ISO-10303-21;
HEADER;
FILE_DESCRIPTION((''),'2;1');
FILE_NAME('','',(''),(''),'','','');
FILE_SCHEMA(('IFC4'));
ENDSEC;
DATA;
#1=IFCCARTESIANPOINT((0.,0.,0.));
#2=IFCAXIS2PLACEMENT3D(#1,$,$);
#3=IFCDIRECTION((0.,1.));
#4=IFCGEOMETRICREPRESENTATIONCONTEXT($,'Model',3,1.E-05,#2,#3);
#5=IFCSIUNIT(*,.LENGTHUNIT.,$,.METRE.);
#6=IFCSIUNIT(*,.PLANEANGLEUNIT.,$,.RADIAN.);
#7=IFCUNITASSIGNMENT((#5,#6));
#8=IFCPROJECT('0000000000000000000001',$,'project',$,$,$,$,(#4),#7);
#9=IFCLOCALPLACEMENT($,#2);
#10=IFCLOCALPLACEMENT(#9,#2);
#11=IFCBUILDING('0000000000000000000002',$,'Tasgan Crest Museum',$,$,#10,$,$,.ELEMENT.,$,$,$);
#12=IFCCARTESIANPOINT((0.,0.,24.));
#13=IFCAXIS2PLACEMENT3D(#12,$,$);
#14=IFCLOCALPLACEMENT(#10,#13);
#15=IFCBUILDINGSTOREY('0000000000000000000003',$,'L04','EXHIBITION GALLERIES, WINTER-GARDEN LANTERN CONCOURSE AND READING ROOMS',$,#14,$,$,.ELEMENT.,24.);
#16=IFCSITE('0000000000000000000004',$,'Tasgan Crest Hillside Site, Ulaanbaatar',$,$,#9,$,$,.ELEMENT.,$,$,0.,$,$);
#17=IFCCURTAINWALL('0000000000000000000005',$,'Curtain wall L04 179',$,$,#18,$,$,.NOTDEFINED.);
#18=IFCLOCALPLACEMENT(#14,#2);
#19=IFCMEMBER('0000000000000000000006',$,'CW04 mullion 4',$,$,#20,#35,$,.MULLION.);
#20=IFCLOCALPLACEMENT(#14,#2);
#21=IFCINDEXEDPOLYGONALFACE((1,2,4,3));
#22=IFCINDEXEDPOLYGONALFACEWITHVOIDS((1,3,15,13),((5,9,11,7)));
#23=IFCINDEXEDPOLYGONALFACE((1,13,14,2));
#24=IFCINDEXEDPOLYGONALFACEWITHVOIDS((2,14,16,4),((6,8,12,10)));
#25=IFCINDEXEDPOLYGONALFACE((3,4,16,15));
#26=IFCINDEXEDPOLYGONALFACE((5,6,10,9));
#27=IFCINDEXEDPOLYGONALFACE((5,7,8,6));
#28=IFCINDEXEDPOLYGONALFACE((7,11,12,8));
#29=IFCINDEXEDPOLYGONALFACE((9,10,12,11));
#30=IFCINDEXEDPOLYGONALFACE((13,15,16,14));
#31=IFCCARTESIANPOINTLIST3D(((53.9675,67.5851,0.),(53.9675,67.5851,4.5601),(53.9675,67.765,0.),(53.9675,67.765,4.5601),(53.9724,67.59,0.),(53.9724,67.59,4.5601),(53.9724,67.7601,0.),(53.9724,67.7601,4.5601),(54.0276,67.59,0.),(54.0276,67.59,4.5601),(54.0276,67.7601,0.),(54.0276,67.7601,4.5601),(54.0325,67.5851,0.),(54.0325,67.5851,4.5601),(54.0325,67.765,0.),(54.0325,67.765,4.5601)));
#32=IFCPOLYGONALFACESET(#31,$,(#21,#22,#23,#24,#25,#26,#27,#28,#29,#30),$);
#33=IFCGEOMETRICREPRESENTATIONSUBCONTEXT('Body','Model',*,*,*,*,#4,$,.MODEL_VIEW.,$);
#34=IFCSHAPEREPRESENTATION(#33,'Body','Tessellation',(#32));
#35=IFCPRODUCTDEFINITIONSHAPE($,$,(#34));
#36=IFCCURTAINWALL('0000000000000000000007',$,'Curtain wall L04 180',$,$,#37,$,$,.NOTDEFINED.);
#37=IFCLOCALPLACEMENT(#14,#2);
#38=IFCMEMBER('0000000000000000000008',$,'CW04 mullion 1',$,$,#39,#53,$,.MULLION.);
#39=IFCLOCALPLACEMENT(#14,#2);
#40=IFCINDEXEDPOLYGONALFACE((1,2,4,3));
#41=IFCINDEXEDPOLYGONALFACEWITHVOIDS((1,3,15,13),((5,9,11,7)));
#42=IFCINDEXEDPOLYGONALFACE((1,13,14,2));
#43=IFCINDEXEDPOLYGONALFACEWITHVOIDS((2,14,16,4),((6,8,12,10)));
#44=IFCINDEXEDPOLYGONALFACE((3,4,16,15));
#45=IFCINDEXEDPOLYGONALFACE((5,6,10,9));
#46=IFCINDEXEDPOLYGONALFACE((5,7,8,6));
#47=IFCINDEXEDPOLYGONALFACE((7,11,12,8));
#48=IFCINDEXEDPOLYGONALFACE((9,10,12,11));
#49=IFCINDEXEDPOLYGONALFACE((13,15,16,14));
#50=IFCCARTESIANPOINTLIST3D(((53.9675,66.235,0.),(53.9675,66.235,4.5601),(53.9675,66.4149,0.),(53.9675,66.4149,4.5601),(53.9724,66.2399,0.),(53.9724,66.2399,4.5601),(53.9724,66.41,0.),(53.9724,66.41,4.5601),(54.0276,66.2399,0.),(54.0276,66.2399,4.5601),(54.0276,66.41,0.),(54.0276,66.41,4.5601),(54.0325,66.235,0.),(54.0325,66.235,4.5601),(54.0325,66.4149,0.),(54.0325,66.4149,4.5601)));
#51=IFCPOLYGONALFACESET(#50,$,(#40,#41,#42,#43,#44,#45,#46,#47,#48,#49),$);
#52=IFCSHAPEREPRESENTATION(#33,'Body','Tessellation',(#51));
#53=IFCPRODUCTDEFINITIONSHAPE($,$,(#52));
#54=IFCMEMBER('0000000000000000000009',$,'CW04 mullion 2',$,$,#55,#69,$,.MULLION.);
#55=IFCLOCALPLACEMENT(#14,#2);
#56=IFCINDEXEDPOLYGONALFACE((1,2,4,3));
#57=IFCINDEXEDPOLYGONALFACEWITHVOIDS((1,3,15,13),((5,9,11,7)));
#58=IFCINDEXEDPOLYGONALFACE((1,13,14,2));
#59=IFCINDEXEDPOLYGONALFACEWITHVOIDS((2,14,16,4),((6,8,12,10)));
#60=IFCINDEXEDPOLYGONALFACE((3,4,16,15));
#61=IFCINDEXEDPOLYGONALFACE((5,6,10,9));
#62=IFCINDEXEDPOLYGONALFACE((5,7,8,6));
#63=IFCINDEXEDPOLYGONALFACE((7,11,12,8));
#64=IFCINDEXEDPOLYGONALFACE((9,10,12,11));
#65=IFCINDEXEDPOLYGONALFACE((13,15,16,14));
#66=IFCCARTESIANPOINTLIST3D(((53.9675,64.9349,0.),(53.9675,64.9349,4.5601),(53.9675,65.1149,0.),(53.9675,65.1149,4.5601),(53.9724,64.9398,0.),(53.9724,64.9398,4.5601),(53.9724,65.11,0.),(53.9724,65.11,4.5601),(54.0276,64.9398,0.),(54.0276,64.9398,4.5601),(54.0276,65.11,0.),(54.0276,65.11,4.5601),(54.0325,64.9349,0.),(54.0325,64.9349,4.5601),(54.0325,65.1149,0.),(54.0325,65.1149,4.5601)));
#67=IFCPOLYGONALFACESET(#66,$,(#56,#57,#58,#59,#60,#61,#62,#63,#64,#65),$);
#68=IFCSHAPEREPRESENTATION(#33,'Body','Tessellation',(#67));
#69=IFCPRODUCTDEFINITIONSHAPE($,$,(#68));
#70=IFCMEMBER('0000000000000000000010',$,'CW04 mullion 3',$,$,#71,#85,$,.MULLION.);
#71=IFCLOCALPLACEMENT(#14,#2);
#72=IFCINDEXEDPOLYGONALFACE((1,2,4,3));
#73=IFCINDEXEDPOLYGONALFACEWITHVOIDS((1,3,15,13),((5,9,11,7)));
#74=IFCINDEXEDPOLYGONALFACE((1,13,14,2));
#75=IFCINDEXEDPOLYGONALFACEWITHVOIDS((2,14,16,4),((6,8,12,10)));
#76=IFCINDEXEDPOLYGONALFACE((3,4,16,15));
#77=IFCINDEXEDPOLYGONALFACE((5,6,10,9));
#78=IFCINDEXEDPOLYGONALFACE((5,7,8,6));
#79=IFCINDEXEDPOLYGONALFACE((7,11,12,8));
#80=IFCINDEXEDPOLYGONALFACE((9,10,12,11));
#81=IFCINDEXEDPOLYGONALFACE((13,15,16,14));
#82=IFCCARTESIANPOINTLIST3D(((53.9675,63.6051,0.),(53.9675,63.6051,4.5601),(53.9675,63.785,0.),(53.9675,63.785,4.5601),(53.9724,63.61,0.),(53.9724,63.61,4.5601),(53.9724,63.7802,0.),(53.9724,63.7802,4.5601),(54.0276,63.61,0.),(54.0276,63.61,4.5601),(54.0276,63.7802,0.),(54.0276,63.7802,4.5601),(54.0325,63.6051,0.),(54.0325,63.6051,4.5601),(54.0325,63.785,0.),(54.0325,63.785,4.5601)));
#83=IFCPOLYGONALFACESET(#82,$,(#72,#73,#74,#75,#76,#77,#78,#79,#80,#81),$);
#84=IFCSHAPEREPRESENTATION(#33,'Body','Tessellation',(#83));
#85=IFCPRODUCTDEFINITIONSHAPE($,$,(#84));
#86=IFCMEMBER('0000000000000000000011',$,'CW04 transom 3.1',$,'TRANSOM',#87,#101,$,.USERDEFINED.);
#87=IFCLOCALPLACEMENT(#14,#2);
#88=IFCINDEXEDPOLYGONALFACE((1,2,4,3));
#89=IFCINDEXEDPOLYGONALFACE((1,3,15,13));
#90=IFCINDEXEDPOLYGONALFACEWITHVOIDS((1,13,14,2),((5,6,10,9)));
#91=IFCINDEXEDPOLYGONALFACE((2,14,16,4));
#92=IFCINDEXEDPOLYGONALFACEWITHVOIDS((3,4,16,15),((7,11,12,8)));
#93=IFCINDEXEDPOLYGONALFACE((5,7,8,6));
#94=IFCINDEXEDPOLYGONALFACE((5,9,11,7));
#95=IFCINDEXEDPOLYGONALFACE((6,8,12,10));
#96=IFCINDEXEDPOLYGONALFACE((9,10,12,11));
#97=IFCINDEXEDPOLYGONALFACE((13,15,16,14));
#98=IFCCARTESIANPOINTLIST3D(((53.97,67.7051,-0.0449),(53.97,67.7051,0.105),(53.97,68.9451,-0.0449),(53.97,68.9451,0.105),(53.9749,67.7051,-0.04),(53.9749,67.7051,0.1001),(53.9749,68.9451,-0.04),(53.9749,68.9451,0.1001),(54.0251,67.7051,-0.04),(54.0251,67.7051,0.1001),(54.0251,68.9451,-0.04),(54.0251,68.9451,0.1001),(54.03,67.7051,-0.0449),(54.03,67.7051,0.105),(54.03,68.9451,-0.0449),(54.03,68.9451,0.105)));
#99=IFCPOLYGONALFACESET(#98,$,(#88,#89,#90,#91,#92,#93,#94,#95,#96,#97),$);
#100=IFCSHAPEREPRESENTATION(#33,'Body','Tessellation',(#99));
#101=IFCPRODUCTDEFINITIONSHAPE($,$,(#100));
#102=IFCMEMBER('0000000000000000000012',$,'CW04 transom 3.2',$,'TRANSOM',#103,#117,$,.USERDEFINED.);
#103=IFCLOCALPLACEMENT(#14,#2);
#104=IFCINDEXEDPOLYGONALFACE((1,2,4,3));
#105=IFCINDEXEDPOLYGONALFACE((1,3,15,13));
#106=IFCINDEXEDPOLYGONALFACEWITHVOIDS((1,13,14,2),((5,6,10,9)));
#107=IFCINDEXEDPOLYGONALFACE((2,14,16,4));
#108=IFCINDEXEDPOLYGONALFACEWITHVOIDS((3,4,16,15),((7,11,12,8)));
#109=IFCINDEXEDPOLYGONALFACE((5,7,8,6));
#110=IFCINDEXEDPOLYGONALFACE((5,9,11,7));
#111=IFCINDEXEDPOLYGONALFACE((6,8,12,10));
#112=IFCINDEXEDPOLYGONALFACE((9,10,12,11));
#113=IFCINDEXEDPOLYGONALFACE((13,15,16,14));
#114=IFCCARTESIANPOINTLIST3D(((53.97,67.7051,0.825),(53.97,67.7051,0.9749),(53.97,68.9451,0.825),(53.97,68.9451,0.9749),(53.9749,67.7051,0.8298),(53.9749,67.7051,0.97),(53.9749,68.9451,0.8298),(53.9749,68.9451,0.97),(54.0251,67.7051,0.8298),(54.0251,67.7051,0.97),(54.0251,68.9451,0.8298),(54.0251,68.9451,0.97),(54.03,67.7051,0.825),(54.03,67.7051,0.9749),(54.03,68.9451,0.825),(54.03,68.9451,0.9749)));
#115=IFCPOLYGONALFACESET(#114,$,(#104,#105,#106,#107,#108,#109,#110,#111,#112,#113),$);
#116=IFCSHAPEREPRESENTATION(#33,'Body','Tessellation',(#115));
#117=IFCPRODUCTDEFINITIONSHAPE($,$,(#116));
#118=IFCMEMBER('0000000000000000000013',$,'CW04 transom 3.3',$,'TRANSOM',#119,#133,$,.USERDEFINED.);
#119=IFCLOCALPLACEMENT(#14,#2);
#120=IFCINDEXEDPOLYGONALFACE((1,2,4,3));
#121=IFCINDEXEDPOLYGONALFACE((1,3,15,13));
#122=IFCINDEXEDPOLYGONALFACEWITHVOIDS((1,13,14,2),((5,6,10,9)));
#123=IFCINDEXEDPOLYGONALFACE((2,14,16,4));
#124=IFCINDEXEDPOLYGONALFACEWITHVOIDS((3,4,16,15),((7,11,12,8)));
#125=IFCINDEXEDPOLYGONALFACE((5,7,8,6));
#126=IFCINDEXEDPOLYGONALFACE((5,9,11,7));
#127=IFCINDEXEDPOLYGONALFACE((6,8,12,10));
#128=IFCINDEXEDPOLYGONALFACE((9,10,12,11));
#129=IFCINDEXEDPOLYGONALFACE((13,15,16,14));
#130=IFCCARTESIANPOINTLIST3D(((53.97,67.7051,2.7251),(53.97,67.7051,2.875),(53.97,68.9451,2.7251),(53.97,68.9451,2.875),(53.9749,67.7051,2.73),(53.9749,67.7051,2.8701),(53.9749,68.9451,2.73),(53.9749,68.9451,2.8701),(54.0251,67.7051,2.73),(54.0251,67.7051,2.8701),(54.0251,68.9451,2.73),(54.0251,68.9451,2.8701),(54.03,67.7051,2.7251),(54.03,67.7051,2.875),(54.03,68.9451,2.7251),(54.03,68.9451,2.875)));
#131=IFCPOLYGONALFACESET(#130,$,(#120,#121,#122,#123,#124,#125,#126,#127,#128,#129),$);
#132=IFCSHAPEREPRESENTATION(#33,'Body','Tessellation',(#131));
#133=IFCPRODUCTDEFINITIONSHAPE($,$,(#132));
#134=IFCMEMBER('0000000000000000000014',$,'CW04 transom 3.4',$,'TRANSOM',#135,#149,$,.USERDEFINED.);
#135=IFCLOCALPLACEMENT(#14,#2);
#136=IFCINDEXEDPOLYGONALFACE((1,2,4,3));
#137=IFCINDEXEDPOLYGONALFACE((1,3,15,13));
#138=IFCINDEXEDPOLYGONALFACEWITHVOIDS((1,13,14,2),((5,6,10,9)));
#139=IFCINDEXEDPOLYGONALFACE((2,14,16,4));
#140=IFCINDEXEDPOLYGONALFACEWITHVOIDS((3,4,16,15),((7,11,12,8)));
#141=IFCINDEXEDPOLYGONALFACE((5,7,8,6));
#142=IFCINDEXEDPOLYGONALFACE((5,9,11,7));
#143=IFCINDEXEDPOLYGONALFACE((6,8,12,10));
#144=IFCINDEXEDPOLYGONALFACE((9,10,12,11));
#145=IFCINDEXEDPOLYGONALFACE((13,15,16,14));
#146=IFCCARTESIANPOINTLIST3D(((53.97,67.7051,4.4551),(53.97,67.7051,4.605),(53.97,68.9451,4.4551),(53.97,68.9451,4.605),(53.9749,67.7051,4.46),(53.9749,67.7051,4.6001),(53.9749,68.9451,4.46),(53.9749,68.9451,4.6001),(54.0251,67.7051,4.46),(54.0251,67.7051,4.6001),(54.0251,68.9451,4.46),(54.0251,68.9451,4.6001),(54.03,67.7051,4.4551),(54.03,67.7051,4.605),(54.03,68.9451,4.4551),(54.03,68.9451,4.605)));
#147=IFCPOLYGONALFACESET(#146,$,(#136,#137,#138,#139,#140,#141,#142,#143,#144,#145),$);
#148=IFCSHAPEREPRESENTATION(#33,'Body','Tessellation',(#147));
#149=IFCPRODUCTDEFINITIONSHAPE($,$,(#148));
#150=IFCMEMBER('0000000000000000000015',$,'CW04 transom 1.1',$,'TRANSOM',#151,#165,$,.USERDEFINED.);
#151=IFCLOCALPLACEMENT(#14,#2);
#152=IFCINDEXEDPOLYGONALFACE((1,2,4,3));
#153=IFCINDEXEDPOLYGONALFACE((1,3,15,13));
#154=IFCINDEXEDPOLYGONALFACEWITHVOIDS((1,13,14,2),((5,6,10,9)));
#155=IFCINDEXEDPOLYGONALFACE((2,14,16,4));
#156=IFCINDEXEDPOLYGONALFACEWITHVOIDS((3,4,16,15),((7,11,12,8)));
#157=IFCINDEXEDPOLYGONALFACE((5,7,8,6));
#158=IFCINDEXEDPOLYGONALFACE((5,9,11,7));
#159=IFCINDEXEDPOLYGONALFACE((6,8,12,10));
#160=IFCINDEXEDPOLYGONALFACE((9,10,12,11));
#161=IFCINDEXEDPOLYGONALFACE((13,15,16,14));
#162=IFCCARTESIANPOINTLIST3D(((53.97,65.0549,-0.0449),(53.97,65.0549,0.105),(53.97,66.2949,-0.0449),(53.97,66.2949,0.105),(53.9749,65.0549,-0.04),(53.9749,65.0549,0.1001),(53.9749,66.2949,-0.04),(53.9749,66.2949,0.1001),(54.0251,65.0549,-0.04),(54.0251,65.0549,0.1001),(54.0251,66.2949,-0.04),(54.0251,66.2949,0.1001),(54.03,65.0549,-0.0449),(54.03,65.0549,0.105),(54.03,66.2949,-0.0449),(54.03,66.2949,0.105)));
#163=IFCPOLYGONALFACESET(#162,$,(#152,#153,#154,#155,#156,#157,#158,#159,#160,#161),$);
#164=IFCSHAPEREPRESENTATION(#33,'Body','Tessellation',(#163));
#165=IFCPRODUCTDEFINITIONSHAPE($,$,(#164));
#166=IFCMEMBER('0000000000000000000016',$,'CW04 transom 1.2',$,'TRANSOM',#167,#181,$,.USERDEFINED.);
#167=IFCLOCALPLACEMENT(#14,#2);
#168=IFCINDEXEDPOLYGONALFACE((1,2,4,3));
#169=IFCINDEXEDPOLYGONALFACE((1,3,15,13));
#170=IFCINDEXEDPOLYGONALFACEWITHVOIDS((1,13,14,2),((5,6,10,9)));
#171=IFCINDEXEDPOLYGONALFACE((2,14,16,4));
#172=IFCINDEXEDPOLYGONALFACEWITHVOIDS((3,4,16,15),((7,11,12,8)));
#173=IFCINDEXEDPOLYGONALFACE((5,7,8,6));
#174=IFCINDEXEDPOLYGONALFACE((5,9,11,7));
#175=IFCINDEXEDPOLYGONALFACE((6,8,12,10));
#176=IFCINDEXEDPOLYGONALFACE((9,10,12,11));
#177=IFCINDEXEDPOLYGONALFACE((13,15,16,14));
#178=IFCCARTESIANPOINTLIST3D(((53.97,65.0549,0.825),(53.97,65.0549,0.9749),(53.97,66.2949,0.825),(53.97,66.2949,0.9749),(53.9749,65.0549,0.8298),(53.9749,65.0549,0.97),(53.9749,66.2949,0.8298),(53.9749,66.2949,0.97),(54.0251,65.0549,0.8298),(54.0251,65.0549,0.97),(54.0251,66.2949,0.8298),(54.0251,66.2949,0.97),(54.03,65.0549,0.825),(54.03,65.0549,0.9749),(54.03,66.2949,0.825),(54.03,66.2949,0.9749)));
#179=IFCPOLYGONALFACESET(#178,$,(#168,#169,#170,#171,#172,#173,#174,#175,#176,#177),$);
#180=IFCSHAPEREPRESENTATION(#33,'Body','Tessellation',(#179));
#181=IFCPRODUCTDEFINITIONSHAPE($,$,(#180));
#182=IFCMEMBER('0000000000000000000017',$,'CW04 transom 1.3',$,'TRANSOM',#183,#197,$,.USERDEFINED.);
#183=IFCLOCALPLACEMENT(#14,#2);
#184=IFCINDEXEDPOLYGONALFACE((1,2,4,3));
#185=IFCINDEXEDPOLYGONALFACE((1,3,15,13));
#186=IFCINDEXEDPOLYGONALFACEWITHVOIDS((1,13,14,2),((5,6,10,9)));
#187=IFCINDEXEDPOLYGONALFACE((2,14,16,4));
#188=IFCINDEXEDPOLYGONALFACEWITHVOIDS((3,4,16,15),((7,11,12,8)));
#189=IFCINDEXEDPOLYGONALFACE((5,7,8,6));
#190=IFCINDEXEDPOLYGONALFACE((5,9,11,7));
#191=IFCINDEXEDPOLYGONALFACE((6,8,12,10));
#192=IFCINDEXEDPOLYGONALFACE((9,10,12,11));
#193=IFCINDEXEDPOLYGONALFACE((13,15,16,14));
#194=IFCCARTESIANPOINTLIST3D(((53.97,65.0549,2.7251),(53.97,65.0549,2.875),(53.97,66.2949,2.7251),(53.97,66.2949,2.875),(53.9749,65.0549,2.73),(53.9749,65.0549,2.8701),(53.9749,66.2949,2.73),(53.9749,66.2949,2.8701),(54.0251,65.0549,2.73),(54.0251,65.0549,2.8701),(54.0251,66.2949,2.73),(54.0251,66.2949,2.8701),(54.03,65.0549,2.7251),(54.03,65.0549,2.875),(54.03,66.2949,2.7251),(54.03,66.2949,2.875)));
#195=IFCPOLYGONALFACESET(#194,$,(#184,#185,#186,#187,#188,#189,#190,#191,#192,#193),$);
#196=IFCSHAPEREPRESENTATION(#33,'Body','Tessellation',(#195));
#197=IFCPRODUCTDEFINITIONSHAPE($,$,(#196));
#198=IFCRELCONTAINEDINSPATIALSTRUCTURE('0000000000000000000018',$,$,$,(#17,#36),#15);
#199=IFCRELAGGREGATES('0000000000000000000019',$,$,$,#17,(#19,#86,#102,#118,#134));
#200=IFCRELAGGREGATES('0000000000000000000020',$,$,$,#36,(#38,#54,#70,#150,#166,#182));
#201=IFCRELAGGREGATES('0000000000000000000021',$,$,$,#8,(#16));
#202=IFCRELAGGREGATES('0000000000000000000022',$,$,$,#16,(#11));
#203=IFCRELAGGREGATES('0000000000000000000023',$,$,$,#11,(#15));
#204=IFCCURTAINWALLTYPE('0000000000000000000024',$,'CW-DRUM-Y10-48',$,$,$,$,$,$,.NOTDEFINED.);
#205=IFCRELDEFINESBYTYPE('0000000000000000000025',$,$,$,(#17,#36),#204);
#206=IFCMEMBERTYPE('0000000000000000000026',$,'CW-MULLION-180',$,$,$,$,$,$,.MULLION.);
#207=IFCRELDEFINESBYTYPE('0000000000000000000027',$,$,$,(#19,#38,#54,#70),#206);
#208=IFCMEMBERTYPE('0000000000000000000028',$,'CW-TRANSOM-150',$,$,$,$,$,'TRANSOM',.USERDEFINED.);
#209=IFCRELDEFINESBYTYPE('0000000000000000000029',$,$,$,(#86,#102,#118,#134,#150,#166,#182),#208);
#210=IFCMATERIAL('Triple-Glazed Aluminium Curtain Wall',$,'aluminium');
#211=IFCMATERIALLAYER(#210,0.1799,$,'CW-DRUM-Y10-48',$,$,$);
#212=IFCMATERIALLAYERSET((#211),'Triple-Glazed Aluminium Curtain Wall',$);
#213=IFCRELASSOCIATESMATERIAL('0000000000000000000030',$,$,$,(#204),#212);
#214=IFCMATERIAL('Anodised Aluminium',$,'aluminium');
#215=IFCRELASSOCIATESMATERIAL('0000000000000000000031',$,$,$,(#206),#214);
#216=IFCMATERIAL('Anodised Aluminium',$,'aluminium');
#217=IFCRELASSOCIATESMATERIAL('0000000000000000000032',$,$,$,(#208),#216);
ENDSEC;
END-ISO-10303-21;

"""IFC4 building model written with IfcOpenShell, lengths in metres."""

from ifc_helpers import new_model, si_unit, direction, frame, origin, origin_2d, place, context, subcontext, project, spatial, hollow_rectangle, extrude, material, layer, layer_set, material_profile, profile_set, type_object, element, aggregate, save


model = new_model("IFC4")

# Units and contexts
model_context = context("Model", 3, precision=1e-05, world=origin(), true_north=direction((0.0, 1.0)))
body_context = subcontext(model_context, "Body", "Model", "MODEL_VIEW")
ifc_project = project(units=[si_unit("LENGTHUNIT", "METRE"), si_unit("PLANEANGLEUNIT", "RADIAN")], contexts=[model_context])

# Site, building, storey
site_placement = place(None, origin())
site = spatial("IfcSite", under=ifc_project, at=site_placement, Name="Tasgan Crest Hillside Site, Ulaanbaatar", CompositionType="ELEMENT", RefElevation=0.0)
building_placement = place(site_placement, origin())
building = spatial("IfcBuilding", under=site, at=building_placement, Name="Tasgan Crest Museum", CompositionType="ELEMENT")
storey_placement = place(building_placement, frame((0.0, 0.0, 24.0)))
storey = spatial("IfcBuildingStorey", under=building, at=storey_placement, Name="L04", Description="EXHIBITION GALLERIES, WINTER-GARDEN LANTERN CONCOURSE AND READING ROOMS", CompositionType="ELEMENT", Elevation=24.0)

# Curtain wall, member
ifc_material_1 = material(Name="Triple-Glazed Aluminium Curtain Wall", Category="aluminium")
ifc_layer_1 = layer(ifc_material_1, 0.1799, Name="CW-DRUM-Y10-48")
ifc_layer_set_1 = layer_set([ifc_layer_1], Name="Triple-Glazed Aluminium Curtain Wall")
curtain_wall_type = type_object("IfcCurtainWallType", Name="CW-DRUM-Y10-48", PredefinedType="NOTDEFINED", material=ifc_layer_set_1)
curtain_wall_1_placement = place(storey_placement, origin())
curtain_wall_1 = element("IfcCurtainWall", 1, at=curtain_wall_1_placement, inside=storey, type_object=curtain_wall_type, Name="Curtain wall L04 179", PredefinedType="NOTDEFINED")
ifc_material_2 = material(Name="Anodised Aluminium", Category="aluminium")
ifc_material_profile_1 = material_profile(ifc_material_2, hollow_rectangle(XDim=0.0649, YDim=0.1799, WallThickness=0.0049, at=origin_2d()), Name="ALU MULLION 180x65x5")
ifc_profile_set_1 = profile_set([ifc_material_profile_1], Name="Anodised Aluminium")
member_type_1 = type_object("IfcMemberType", Name="CW-MULLION-180", PredefinedType="MULLION", material=ifc_profile_set_1)
member_1_placement = place(storey_placement, frame((54.0, 67.675, 0.0), z_axis=(0.0, 0.0, 1.0), x_axis=(1.0, 0.0, 0.0)))
member_1 = element("IfcMember", 2, at=member_1_placement, type_object=member_type_1, Name="CW04 mullion 4", PredefinedType="MULLION", context=body_context, shape_type="SweptSolid", body=[
    extrude(hollow_rectangle(XDim=0.0649, YDim=0.1799, WallThickness=0.0049, at=origin_2d()), origin(), (0.0, 0.0, 1.0), 4.5601),
])

# Curtain wall, members
curtain_wall_2_placement = place(storey_placement, origin())
curtain_wall_2 = element("IfcCurtainWall", 3, at=curtain_wall_2_placement, inside=storey, type_object=curtain_wall_type, Name="Curtain wall L04 180", PredefinedType="NOTDEFINED")
member_2_placement = place(storey_placement, frame((54.0, 66.325, 0.0), z_axis=(0.0, 0.0, 1.0), x_axis=(1.0, 0.0, 0.0)))
member_2 = element("IfcMember", 4, at=member_2_placement, type_object=member_type_1, Name="CW04 mullion 1", PredefinedType="MULLION", context=body_context, shape_type="SweptSolid", body=[
    extrude(hollow_rectangle(XDim=0.0649, YDim=0.1799, WallThickness=0.0049, at=origin_2d()), origin(), (0.0, 0.0, 1.0), 4.5601),
])
member_3_placement = place(storey_placement, frame((54.0, 65.0249, 0.0), z_axis=(0.0, 0.0, 1.0), x_axis=(1.0, 0.0, 0.0)))
member_3 = element("IfcMember", 5, at=member_3_placement, type_object=member_type_1, Name="CW04 mullion 2", PredefinedType="MULLION", context=body_context, shape_type="SweptSolid", body=[
    extrude(hollow_rectangle(XDim=0.0649, YDim=0.1799, WallThickness=0.0049, at=origin_2d()), origin(), (0.0, 0.0, 1.0), 4.5601),
])
member_4_placement = place(storey_placement, frame((54.0, 63.6951, 0.0), z_axis=(0.0, 0.0, 1.0), x_axis=(1.0, 0.0, 0.0)))
member_4 = element("IfcMember", 6, at=member_4_placement, type_object=member_type_1, Name="CW04 mullion 3", PredefinedType="MULLION", context=body_context, shape_type="SweptSolid", body=[
    extrude(hollow_rectangle(XDim=0.0649, YDim=0.1799, WallThickness=0.0049, at=origin_2d()), origin(), (0.0, 0.0, 1.0), 4.5601),
])

# Members
ifc_material_3 = material(Name="Anodised Aluminium", Category="aluminium")
ifc_material_profile_2 = material_profile(ifc_material_3, hollow_rectangle(XDim=0.0601, YDim=0.1499, WallThickness=0.0049, at=origin_2d()), Name="ALU TRANSOM 150x60x5")
ifc_profile_set_2 = profile_set([ifc_material_profile_2], Name="Anodised Aluminium")
member_type_2 = type_object("IfcMemberType", Name="CW-TRANSOM-150", ElementType="TRANSOM", PredefinedType="USERDEFINED", material=ifc_profile_set_2)
member_5_placement = place(storey_placement, frame((54.0, 68.9451, 0.03), z_axis=(0.0, -1.0, 0.0), x_axis=(1.0, 0.0, 0.0)))
member_5 = element("IfcMember", 7, at=member_5_placement, type_object=member_type_2, Name="CW04 transom 3.1", ObjectType="TRANSOM", PredefinedType="USERDEFINED", context=body_context, shape_type="SweptSolid", body=[
    extrude(hollow_rectangle(XDim=0.0601, YDim=0.1499, WallThickness=0.0049, at=origin_2d()), origin(), (0.0, 0.0, 1.0), 1.24),
])
member_6_placement = place(storey_placement, frame((54.0, 68.9451, 0.8999), z_axis=(0.0, -1.0, 0.0), x_axis=(1.0, 0.0, 0.0)))
member_6 = element("IfcMember", 8, at=member_6_placement, type_object=member_type_2, Name="CW04 transom 3.2", ObjectType="TRANSOM", PredefinedType="USERDEFINED", context=body_context, shape_type="SweptSolid", body=[
    extrude(hollow_rectangle(XDim=0.0601, YDim=0.1499, WallThickness=0.0049, at=origin_2d()), origin(), (0.0, 0.0, 1.0), 1.24),
])
member_7_placement = place(storey_placement, frame((54.0, 68.9451, 2.8), z_axis=(0.0, -1.0, 0.0), x_axis=(1.0, 0.0, 0.0)))
member_7 = element("IfcMember", 9, at=member_7_placement, type_object=member_type_2, Name="CW04 transom 3.3", ObjectType="TRANSOM", PredefinedType="USERDEFINED", context=body_context, shape_type="SweptSolid", body=[
    extrude(hollow_rectangle(XDim=0.0601, YDim=0.1499, WallThickness=0.0049, at=origin_2d()), origin(), (0.0, 0.0, 1.0), 1.24),
])
member_8_placement = place(storey_placement, frame((54.0, 68.9451, 4.53), z_axis=(0.0, -1.0, 0.0), x_axis=(1.0, 0.0, 0.0)))
member_8 = element("IfcMember", 10, at=member_8_placement, type_object=member_type_2, Name="CW04 transom 3.4", ObjectType="TRANSOM", PredefinedType="USERDEFINED", context=body_context, shape_type="SweptSolid", body=[
    extrude(hollow_rectangle(XDim=0.0601, YDim=0.1499, WallThickness=0.0049, at=origin_2d()), origin(), (0.0, 0.0, 1.0), 1.24),
])
member_9_placement = place(storey_placement, frame((54.0, 66.2949, 0.03), z_axis=(0.0, -1.0, 0.0), x_axis=(1.0, 0.0, 0.0)))
member_9 = element("IfcMember", 11, at=member_9_placement, type_object=member_type_2, Name="CW04 transom 1.1", ObjectType="TRANSOM", PredefinedType="USERDEFINED", context=body_context, shape_type="SweptSolid", body=[
    extrude(hollow_rectangle(XDim=0.0601, YDim=0.1499, WallThickness=0.0049, at=origin_2d()), origin(), (0.0, 0.0, 1.0), 1.24),
])
member_10_placement = place(storey_placement, frame((54.0, 66.2949, 0.8999), z_axis=(0.0, -1.0, 0.0), x_axis=(1.0, 0.0, 0.0)))
member_10 = element("IfcMember", 12, at=member_10_placement, type_object=member_type_2, Name="CW04 transom 1.2", ObjectType="TRANSOM", PredefinedType="USERDEFINED", context=body_context, shape_type="SweptSolid", body=[
    extrude(hollow_rectangle(XDim=0.0601, YDim=0.1499, WallThickness=0.0049, at=origin_2d()), origin(), (0.0, 0.0, 1.0), 1.24),
])
member_11_placement = place(storey_placement, frame((54.0, 66.2949, 2.8), z_axis=(0.0, -1.0, 0.0), x_axis=(1.0, 0.0, 0.0)))
member_11 = element("IfcMember", 13, at=member_11_placement, type_object=member_type_2, Name="CW04 transom 1.3", ObjectType="TRANSOM", PredefinedType="USERDEFINED", context=body_context, shape_type="SweptSolid", body=[
    extrude(hollow_rectangle(XDim=0.0601, YDim=0.1499, WallThickness=0.0049, at=origin_2d()), origin(), (0.0, 0.0, 1.0), 1.24),
])

aggregate(curtain_wall_1, [member_1, member_5, member_6, member_7, member_8])
aggregate(curtain_wall_2, [member_2, member_3, member_4, member_9, member_10, member_11])

save(model, "model.ifc")
